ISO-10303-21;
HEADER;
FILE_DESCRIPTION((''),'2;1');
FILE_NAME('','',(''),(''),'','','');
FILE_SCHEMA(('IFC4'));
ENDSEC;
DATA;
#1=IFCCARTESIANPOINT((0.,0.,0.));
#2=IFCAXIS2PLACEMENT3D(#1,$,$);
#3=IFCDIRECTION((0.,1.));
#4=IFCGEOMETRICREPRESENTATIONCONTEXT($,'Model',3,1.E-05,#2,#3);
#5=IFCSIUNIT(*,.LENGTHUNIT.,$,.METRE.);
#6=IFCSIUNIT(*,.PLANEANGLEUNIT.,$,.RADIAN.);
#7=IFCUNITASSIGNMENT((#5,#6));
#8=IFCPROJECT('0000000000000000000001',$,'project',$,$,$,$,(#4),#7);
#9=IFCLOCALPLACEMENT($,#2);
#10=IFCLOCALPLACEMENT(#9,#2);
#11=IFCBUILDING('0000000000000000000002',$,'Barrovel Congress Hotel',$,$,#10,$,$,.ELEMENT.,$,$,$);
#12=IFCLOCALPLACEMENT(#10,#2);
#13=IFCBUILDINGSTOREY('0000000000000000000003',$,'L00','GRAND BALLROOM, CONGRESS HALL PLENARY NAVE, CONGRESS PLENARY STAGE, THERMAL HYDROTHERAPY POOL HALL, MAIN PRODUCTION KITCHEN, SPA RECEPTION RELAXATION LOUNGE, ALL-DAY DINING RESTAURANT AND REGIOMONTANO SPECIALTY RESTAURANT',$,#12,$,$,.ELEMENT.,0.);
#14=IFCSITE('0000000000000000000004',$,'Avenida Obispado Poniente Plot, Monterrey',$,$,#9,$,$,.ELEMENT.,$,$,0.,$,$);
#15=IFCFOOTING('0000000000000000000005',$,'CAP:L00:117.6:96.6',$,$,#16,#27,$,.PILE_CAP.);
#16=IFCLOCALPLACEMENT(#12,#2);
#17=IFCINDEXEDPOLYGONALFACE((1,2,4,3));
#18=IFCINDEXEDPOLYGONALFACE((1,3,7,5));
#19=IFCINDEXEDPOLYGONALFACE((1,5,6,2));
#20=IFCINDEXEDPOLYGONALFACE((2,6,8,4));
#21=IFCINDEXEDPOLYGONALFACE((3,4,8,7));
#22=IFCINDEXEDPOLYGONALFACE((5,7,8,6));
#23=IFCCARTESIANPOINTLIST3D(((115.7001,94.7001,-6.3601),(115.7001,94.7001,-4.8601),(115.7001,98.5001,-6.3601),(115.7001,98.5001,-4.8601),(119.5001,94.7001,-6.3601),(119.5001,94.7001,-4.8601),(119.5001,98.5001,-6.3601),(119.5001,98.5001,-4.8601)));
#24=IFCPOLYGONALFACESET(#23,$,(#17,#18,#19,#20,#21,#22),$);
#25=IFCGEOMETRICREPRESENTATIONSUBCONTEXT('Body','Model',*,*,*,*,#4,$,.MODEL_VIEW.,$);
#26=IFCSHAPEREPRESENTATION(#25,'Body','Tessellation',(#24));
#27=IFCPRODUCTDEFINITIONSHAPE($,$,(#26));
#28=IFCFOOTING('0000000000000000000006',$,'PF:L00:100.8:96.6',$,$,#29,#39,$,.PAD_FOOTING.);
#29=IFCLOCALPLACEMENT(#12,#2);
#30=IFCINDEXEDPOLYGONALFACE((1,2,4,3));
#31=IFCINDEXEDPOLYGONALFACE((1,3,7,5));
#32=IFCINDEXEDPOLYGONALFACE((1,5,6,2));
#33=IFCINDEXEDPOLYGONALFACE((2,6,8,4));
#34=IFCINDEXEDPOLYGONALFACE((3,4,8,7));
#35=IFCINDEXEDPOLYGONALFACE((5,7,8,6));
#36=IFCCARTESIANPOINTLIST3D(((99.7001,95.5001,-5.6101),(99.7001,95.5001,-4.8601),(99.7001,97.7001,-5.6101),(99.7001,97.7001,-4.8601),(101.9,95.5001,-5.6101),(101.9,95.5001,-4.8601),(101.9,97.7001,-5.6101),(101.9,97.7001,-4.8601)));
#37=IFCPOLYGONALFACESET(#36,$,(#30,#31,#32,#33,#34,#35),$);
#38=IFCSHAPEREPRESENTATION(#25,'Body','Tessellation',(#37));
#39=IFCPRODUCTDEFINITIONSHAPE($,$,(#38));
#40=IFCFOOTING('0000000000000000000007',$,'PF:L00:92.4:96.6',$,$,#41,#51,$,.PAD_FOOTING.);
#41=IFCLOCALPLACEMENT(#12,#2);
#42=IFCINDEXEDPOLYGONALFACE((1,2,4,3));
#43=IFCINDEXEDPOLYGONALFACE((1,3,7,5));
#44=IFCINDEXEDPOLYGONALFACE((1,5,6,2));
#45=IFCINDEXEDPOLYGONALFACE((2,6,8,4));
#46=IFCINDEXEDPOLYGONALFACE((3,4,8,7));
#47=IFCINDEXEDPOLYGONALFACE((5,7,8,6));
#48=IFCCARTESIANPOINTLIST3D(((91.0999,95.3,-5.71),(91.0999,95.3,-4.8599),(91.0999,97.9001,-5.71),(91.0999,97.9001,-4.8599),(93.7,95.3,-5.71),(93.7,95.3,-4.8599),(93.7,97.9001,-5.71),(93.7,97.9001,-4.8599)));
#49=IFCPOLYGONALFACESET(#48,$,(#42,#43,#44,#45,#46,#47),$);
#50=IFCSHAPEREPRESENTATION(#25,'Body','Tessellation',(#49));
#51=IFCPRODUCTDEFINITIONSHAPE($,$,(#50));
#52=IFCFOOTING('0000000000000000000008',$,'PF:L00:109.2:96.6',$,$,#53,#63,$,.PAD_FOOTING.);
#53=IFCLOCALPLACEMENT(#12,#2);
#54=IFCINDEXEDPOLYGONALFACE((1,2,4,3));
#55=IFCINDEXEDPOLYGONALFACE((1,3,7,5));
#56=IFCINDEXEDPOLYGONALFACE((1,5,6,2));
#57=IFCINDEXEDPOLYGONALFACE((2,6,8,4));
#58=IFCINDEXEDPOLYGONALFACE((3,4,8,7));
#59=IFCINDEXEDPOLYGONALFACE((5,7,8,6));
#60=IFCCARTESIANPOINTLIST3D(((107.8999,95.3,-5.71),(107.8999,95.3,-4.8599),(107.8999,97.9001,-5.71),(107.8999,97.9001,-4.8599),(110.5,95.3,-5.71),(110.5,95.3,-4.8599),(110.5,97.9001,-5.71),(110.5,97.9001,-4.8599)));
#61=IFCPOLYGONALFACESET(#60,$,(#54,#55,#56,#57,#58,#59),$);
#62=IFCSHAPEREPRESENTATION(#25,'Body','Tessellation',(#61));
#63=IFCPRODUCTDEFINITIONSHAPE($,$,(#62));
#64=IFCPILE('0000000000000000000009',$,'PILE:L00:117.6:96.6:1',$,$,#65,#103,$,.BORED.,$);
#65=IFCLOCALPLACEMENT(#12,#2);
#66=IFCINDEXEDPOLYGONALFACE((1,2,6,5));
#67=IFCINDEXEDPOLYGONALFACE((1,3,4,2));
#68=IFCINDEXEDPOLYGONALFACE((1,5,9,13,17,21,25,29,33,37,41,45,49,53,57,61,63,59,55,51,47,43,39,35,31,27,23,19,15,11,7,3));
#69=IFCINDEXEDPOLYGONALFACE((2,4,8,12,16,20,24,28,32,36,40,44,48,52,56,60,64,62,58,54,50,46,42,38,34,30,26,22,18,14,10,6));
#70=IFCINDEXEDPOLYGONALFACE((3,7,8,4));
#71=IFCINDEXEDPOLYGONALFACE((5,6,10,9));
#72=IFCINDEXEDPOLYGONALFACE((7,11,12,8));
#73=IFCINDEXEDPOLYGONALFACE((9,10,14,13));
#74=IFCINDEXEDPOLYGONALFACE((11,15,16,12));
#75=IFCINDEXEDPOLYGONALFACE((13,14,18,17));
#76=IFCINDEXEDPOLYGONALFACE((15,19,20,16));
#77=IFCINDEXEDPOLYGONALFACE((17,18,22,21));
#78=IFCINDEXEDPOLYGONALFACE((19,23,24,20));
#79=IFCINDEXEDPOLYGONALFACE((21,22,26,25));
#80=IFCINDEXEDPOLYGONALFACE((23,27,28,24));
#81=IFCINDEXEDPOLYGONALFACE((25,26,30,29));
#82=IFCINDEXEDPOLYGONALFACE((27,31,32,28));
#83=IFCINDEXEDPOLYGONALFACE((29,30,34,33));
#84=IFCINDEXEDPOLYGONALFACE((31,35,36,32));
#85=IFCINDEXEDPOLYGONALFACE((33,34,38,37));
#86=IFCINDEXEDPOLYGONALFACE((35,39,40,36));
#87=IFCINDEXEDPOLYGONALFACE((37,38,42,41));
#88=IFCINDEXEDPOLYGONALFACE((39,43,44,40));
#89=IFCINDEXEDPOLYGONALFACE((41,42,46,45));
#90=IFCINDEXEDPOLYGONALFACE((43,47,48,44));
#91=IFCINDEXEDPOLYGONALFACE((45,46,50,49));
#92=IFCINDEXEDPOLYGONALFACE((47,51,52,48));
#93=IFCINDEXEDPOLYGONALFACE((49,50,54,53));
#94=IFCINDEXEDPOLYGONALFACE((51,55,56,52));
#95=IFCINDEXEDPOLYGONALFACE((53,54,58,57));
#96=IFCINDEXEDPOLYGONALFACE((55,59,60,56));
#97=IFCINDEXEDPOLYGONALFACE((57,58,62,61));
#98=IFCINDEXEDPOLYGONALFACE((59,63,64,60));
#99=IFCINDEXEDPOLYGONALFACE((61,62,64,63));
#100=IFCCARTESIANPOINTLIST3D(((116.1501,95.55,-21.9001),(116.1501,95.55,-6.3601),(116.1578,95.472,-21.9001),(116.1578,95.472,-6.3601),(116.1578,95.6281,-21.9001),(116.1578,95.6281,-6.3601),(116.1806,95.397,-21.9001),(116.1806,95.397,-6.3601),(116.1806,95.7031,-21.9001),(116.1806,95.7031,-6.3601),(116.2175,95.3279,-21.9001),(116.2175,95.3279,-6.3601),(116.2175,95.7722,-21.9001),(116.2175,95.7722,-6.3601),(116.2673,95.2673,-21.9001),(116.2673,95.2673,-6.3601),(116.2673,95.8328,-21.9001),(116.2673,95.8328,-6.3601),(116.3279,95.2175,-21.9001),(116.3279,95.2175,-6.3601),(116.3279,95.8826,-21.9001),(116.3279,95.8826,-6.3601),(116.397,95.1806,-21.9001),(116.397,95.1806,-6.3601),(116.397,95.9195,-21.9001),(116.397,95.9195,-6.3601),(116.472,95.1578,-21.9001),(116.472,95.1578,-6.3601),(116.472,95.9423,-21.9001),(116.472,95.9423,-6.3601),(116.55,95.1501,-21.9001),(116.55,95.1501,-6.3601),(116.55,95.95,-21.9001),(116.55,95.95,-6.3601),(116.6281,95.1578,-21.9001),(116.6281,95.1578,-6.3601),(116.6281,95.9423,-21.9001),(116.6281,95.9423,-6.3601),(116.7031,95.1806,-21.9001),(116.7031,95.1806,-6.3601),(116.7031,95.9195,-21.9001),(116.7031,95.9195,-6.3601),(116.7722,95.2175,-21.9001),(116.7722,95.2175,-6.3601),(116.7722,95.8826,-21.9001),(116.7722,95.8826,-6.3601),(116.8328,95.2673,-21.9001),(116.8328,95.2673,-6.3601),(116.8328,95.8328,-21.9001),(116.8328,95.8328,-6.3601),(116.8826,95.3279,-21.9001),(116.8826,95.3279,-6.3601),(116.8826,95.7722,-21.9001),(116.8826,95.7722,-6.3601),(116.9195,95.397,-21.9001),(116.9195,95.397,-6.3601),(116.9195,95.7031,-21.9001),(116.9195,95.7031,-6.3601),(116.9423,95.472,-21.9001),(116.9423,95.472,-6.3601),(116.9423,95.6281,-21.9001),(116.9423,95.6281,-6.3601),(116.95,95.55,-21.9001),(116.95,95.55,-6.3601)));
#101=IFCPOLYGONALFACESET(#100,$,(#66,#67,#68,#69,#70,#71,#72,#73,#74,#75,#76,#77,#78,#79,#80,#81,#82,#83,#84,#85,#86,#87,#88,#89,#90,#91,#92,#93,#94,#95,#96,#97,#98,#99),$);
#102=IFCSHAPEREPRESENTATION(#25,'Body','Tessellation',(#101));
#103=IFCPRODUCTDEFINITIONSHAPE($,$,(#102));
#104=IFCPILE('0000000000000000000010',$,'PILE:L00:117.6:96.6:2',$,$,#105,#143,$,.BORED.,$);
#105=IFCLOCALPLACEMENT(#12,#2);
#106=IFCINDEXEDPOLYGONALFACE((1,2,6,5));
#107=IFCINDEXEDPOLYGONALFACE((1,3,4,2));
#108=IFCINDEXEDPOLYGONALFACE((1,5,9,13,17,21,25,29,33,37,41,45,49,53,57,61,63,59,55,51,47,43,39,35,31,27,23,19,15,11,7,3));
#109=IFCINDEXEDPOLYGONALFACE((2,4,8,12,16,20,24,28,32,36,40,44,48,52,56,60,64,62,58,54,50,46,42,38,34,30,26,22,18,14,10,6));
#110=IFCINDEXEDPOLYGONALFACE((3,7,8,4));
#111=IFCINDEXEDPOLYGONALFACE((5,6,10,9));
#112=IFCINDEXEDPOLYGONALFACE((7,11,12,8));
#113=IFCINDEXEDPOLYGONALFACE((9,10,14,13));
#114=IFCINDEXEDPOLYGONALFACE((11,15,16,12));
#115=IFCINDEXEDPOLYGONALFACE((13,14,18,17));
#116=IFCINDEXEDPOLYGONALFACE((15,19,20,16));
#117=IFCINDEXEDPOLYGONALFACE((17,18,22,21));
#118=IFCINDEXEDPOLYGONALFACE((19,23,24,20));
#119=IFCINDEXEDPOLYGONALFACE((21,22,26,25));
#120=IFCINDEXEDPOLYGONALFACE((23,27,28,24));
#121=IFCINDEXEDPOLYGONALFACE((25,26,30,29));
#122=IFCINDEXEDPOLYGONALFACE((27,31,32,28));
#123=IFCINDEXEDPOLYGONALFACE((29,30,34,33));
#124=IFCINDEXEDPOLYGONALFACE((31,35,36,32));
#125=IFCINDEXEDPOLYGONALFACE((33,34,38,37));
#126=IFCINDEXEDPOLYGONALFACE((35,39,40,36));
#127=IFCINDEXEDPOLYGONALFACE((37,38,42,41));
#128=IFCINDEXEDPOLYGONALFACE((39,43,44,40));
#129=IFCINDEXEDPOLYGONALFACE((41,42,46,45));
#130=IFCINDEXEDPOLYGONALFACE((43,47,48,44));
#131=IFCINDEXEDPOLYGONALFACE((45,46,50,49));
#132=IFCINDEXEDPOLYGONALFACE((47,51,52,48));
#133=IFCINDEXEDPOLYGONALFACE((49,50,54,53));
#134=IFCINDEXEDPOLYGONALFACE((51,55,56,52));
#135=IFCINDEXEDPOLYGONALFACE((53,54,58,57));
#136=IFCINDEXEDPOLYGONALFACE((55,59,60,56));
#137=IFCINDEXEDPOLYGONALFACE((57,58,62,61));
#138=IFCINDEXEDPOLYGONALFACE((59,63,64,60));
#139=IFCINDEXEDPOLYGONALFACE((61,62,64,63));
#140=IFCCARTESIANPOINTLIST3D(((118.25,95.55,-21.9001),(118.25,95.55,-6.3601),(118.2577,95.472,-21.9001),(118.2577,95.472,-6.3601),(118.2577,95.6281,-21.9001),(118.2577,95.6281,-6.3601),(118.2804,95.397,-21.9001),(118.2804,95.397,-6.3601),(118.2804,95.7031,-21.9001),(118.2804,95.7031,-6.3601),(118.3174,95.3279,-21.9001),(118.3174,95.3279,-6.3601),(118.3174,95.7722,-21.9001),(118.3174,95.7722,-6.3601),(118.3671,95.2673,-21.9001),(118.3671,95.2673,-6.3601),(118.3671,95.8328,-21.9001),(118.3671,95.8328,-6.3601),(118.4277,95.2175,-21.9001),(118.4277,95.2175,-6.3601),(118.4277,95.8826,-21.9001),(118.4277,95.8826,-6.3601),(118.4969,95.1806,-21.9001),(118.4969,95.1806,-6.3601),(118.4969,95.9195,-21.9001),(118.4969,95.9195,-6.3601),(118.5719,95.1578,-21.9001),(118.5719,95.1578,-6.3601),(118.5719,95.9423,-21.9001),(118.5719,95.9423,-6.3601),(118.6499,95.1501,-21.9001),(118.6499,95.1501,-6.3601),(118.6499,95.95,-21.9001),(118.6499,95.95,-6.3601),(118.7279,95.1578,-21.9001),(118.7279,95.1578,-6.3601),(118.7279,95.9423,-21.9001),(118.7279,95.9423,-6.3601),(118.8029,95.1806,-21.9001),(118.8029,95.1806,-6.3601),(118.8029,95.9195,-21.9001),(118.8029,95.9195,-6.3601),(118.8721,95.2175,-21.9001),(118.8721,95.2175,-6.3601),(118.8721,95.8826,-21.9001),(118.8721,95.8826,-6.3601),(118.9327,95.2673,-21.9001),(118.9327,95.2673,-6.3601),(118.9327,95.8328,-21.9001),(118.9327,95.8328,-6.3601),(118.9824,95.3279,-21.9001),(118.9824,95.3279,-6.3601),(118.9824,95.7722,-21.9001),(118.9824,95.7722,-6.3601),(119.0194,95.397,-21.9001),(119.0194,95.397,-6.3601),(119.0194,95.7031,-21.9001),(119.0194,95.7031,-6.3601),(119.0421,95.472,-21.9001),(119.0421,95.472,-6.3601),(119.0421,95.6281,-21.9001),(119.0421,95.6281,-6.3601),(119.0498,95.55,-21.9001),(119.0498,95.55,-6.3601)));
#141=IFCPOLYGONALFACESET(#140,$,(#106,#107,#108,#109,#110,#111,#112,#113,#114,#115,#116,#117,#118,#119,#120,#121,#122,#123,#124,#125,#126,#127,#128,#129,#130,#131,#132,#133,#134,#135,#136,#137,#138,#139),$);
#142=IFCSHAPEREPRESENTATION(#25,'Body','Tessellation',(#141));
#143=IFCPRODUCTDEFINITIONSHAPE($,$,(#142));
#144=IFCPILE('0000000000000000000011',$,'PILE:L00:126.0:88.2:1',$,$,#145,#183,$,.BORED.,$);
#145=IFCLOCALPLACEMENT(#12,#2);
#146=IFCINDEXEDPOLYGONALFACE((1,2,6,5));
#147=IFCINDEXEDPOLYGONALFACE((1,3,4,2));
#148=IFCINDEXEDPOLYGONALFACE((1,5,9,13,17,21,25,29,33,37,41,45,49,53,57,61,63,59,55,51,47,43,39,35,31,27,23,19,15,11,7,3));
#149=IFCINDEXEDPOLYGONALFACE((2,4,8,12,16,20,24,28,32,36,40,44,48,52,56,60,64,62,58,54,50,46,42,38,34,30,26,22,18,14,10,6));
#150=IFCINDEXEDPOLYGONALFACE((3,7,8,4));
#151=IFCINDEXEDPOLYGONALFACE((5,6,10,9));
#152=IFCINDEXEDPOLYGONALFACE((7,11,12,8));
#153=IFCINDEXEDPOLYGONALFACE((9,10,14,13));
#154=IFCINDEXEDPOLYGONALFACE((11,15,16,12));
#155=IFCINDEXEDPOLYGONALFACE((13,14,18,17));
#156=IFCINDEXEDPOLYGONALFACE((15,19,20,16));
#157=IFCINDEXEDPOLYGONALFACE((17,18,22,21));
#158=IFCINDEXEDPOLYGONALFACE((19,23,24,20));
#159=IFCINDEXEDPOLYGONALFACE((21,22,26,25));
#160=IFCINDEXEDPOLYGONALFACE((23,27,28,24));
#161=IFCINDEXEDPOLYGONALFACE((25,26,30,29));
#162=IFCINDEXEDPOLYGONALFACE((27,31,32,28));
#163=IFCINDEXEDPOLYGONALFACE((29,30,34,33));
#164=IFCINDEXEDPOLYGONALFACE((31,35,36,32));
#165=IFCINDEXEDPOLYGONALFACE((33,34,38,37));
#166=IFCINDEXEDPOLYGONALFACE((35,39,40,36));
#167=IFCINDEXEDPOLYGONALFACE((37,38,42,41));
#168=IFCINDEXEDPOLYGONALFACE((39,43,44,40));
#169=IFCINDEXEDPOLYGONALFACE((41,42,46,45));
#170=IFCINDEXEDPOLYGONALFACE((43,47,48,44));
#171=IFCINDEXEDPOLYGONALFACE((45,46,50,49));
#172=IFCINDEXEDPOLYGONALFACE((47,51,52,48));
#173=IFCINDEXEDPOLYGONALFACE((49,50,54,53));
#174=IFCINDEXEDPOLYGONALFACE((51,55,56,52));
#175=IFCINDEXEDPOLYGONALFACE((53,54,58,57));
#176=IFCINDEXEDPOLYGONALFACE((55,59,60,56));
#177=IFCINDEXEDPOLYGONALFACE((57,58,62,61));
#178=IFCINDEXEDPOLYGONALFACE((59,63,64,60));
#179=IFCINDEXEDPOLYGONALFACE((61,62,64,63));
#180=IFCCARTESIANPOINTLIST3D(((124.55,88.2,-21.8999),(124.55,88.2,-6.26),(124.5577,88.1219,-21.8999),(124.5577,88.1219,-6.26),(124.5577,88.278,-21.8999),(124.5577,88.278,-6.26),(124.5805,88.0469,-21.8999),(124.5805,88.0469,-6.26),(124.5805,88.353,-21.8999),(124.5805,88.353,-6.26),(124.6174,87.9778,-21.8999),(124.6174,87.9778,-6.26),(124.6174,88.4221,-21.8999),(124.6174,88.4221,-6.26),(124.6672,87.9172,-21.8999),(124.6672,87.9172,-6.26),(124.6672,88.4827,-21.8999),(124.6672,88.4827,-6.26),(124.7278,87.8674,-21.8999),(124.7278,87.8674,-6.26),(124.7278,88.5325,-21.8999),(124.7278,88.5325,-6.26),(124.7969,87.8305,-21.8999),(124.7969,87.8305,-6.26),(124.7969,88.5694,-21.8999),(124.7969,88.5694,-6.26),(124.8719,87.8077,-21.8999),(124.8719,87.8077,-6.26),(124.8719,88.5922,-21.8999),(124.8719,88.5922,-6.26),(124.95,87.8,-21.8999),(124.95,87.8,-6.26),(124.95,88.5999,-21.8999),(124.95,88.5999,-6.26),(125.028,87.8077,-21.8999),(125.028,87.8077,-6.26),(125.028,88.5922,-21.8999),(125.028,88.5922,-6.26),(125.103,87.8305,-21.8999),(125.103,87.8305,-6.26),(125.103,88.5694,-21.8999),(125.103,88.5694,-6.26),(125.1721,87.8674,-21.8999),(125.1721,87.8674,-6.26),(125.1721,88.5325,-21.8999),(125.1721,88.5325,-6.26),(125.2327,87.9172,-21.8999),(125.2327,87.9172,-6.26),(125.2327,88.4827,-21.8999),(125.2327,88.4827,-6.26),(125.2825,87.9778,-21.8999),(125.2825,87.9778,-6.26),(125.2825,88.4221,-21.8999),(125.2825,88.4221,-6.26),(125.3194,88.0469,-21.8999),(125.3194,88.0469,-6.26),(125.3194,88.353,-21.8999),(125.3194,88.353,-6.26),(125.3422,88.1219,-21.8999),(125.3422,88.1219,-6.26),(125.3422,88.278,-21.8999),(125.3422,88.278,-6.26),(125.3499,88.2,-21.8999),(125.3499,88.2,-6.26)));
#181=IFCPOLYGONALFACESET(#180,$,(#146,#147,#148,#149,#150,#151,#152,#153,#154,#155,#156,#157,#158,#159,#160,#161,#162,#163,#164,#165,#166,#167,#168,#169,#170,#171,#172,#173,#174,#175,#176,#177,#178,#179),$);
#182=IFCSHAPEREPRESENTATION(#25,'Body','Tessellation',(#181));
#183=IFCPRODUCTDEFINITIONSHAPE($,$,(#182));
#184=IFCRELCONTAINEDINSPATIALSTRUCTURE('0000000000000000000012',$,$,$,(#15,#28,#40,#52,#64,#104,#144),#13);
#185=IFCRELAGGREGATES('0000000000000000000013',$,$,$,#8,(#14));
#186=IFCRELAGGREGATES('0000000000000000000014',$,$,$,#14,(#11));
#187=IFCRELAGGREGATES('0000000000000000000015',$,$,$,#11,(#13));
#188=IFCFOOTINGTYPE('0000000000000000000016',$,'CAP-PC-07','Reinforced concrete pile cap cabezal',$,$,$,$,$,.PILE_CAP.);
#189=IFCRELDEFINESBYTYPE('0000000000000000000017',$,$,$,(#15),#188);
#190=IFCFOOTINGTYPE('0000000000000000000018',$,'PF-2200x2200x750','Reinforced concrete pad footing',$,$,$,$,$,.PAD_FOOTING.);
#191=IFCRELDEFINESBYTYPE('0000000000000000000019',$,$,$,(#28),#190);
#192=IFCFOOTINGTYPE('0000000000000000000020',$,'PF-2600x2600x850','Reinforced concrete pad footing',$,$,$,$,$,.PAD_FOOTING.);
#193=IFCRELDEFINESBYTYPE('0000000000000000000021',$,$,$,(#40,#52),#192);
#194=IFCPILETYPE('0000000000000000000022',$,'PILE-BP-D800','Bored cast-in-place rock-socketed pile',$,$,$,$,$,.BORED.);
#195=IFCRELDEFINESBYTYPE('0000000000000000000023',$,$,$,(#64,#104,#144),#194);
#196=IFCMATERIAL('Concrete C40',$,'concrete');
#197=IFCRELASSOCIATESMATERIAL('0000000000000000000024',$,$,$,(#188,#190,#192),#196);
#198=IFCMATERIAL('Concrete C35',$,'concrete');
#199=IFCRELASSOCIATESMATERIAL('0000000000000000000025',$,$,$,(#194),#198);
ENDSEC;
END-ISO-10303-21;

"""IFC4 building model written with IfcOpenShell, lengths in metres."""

from ifc_helpers import new_model, si_unit, direction, frame, origin, origin_2d, place, context, subcontext, project, spatial, rectangle, circle, extrude, material, material_profile, profile_set, type_object, element, save


model = new_model("IFC4")

# Units and contexts
model_context = context("Model", 3, precision=1e-05, world=origin(), true_north=direction((0.0, 1.0)))
body_context = subcontext(model_context, "Body", "Model", "MODEL_VIEW")
ifc_project = project(units=[si_unit("LENGTHUNIT", "METRE"), si_unit("PLANEANGLEUNIT", "RADIAN")], contexts=[model_context])

# Site, building, storey
site_placement = place(None, origin())
site = spatial("IfcSite", under=ifc_project, at=site_placement, Name="Avenida Obispado Poniente Plot, Monterrey", CompositionType="ELEMENT", RefElevation=0.0)
building_placement = place(site_placement, origin())
building = spatial("IfcBuilding", under=site, at=building_placement, Name="Barrovel Congress Hotel", CompositionType="ELEMENT")
storey_placement = place(building_placement, origin())
storey = spatial("IfcBuildingStorey", under=building, at=storey_placement, Name="L00", Description="GRAND BALLROOM, CONGRESS HALL PLENARY NAVE, CONGRESS PLENARY STAGE, THERMAL HYDROTHERAPY POOL HALL, MAIN PRODUCTION KITCHEN, SPA RECEPTION RELAXATION LOUNGE, ALL-DAY DINING RESTAURANT AND REGIOMONTANO SPECIALTY RESTAURANT", CompositionType="ELEMENT", Elevation=0.0)

# Footings
ifc_material_1 = material(Name="Concrete C40", Category="concrete")
footing_type_1 = type_object("IfcFootingType", Name="CAP-PC-07", Description="Reinforced concrete pile cap cabezal", PredefinedType="PILE_CAP", material=ifc_material_1)
footing_1_placement = place(storey_placement, frame((117.6001, 96.6001, -6.3601), z_axis=(0.0, 0.0, 1.0), x_axis=(1.0, 0.0, 0.0)))
element("IfcFooting", 1, at=footing_1_placement, inside=storey, type_object=footing_type_1, Name="CAP:L00:117.6:96.6", PredefinedType="PILE_CAP", context=body_context, shape_type="SweptSolid", body=[
    extrude(rectangle(XDim=3.8, YDim=3.8, at=origin_2d()), origin(), (0.0, 0.0, 1.0), 1.5),
])
footing_type_2 = type_object("IfcFootingType", Name="PF-2200x2200x750", Description="Reinforced concrete pad footing", PredefinedType="PAD_FOOTING", material=ifc_material_1)
footing_2_placement = place(storey_placement, frame((100.8, 96.6001, -5.6101), z_axis=(0.0, 0.0, 1.0), x_axis=(1.0, 0.0, 0.0)))
element("IfcFooting", 2, at=footing_2_placement, inside=storey, type_object=footing_type_2, Name="PF:L00:100.8:96.6", PredefinedType="PAD_FOOTING", context=body_context, shape_type="SweptSolid", body=[
    extrude(rectangle(XDim=2.2, YDim=2.2, at=origin_2d()), origin(), (0.0, 0.0, 1.0), 0.75),
])
footing_type_3 = type_object("IfcFootingType", Name="PF-2600x2600x850", Description="Reinforced concrete pad footing", PredefinedType="PAD_FOOTING", material=ifc_material_1)
for number, where, z_axis, x_axis, name in (
    (3, (92.3999, 96.6001, -5.71), (0.0, 0.0, 1.0), (1.0, 0.0, 0.0), "PF:L00:92.4:96.6"),
    (4, (109.2, 96.6001, -5.71), (0.0, 0.0, 1.0), (1.0, 0.0, 0.0), "PF:L00:109.2:96.6"),
):
    element("IfcFooting", number, at=place(storey_placement, frame(where, z_axis=z_axis, x_axis=x_axis)), inside=storey, type_object=footing_type_3, Name=name, PredefinedType="PAD_FOOTING", context=body_context, shape_type="SweptSolid", body=[
        extrude(rectangle(XDim=2.6001, YDim=2.6001, at=origin_2d()), origin(), (0.0, 0.0, 1.0), 0.8501),
    ])

# Piles
ifc_material_2 = material(Name="Concrete C35", Category="concrete")
ifc_material_profile_1 = material_profile(ifc_material_2, circle(Radius=0.3999, at=origin_2d()), Name="BP-D800")
ifc_profile_set_1 = profile_set([ifc_material_profile_1], Name="Concrete C35")
pile_type = type_object("IfcPileType", Name="PILE-BP-D800", Description="Bored cast-in-place rock-socketed pile", PredefinedType="BORED", material=ifc_profile_set_1)
for number, where, z_axis, x_axis, name in (
    (5, (116.55, 95.55, -6.3601), (0.0, 0.0, -1.0), (1.0, 0.0, 0.0), "PILE:L00:117.6:96.6:1"),
    (6, (118.6499, 95.55, -6.3601), (0.0, 0.0, -1.0), (1.0, 0.0, 0.0), "PILE:L00:117.6:96.6:2"),
):
    element("IfcPile", number, at=place(storey_placement, frame(where, z_axis=z_axis, x_axis=x_axis)), inside=storey, type_object=pile_type, Name=name, PredefinedType="BORED", context=body_context, shape_type="SweptSolid", body=[
        extrude(circle(Radius=0.3999, at=origin_2d()), origin(), (0.0, 0.0, 1.0), 15.54),
    ])
for number, where, z_axis, x_axis, name in (
    (7, (124.95, 88.2, -6.26), (0.0, 0.0, -1.0), (1.0, 0.0, 0.0), "PILE:L00:126.0:88.2:1"),
):
    element("IfcPile", number, at=place(storey_placement, frame(where, z_axis=z_axis, x_axis=x_axis)), inside=storey, type_object=pile_type, Name=name, PredefinedType="BORED", context=body_context, shape_type="SweptSolid", body=[
        extrude(circle(Radius=0.3999, at=origin_2d()), origin(), (0.0, 0.0, 1.0), 15.6399),
    ])

save(model, "model.ifc")
